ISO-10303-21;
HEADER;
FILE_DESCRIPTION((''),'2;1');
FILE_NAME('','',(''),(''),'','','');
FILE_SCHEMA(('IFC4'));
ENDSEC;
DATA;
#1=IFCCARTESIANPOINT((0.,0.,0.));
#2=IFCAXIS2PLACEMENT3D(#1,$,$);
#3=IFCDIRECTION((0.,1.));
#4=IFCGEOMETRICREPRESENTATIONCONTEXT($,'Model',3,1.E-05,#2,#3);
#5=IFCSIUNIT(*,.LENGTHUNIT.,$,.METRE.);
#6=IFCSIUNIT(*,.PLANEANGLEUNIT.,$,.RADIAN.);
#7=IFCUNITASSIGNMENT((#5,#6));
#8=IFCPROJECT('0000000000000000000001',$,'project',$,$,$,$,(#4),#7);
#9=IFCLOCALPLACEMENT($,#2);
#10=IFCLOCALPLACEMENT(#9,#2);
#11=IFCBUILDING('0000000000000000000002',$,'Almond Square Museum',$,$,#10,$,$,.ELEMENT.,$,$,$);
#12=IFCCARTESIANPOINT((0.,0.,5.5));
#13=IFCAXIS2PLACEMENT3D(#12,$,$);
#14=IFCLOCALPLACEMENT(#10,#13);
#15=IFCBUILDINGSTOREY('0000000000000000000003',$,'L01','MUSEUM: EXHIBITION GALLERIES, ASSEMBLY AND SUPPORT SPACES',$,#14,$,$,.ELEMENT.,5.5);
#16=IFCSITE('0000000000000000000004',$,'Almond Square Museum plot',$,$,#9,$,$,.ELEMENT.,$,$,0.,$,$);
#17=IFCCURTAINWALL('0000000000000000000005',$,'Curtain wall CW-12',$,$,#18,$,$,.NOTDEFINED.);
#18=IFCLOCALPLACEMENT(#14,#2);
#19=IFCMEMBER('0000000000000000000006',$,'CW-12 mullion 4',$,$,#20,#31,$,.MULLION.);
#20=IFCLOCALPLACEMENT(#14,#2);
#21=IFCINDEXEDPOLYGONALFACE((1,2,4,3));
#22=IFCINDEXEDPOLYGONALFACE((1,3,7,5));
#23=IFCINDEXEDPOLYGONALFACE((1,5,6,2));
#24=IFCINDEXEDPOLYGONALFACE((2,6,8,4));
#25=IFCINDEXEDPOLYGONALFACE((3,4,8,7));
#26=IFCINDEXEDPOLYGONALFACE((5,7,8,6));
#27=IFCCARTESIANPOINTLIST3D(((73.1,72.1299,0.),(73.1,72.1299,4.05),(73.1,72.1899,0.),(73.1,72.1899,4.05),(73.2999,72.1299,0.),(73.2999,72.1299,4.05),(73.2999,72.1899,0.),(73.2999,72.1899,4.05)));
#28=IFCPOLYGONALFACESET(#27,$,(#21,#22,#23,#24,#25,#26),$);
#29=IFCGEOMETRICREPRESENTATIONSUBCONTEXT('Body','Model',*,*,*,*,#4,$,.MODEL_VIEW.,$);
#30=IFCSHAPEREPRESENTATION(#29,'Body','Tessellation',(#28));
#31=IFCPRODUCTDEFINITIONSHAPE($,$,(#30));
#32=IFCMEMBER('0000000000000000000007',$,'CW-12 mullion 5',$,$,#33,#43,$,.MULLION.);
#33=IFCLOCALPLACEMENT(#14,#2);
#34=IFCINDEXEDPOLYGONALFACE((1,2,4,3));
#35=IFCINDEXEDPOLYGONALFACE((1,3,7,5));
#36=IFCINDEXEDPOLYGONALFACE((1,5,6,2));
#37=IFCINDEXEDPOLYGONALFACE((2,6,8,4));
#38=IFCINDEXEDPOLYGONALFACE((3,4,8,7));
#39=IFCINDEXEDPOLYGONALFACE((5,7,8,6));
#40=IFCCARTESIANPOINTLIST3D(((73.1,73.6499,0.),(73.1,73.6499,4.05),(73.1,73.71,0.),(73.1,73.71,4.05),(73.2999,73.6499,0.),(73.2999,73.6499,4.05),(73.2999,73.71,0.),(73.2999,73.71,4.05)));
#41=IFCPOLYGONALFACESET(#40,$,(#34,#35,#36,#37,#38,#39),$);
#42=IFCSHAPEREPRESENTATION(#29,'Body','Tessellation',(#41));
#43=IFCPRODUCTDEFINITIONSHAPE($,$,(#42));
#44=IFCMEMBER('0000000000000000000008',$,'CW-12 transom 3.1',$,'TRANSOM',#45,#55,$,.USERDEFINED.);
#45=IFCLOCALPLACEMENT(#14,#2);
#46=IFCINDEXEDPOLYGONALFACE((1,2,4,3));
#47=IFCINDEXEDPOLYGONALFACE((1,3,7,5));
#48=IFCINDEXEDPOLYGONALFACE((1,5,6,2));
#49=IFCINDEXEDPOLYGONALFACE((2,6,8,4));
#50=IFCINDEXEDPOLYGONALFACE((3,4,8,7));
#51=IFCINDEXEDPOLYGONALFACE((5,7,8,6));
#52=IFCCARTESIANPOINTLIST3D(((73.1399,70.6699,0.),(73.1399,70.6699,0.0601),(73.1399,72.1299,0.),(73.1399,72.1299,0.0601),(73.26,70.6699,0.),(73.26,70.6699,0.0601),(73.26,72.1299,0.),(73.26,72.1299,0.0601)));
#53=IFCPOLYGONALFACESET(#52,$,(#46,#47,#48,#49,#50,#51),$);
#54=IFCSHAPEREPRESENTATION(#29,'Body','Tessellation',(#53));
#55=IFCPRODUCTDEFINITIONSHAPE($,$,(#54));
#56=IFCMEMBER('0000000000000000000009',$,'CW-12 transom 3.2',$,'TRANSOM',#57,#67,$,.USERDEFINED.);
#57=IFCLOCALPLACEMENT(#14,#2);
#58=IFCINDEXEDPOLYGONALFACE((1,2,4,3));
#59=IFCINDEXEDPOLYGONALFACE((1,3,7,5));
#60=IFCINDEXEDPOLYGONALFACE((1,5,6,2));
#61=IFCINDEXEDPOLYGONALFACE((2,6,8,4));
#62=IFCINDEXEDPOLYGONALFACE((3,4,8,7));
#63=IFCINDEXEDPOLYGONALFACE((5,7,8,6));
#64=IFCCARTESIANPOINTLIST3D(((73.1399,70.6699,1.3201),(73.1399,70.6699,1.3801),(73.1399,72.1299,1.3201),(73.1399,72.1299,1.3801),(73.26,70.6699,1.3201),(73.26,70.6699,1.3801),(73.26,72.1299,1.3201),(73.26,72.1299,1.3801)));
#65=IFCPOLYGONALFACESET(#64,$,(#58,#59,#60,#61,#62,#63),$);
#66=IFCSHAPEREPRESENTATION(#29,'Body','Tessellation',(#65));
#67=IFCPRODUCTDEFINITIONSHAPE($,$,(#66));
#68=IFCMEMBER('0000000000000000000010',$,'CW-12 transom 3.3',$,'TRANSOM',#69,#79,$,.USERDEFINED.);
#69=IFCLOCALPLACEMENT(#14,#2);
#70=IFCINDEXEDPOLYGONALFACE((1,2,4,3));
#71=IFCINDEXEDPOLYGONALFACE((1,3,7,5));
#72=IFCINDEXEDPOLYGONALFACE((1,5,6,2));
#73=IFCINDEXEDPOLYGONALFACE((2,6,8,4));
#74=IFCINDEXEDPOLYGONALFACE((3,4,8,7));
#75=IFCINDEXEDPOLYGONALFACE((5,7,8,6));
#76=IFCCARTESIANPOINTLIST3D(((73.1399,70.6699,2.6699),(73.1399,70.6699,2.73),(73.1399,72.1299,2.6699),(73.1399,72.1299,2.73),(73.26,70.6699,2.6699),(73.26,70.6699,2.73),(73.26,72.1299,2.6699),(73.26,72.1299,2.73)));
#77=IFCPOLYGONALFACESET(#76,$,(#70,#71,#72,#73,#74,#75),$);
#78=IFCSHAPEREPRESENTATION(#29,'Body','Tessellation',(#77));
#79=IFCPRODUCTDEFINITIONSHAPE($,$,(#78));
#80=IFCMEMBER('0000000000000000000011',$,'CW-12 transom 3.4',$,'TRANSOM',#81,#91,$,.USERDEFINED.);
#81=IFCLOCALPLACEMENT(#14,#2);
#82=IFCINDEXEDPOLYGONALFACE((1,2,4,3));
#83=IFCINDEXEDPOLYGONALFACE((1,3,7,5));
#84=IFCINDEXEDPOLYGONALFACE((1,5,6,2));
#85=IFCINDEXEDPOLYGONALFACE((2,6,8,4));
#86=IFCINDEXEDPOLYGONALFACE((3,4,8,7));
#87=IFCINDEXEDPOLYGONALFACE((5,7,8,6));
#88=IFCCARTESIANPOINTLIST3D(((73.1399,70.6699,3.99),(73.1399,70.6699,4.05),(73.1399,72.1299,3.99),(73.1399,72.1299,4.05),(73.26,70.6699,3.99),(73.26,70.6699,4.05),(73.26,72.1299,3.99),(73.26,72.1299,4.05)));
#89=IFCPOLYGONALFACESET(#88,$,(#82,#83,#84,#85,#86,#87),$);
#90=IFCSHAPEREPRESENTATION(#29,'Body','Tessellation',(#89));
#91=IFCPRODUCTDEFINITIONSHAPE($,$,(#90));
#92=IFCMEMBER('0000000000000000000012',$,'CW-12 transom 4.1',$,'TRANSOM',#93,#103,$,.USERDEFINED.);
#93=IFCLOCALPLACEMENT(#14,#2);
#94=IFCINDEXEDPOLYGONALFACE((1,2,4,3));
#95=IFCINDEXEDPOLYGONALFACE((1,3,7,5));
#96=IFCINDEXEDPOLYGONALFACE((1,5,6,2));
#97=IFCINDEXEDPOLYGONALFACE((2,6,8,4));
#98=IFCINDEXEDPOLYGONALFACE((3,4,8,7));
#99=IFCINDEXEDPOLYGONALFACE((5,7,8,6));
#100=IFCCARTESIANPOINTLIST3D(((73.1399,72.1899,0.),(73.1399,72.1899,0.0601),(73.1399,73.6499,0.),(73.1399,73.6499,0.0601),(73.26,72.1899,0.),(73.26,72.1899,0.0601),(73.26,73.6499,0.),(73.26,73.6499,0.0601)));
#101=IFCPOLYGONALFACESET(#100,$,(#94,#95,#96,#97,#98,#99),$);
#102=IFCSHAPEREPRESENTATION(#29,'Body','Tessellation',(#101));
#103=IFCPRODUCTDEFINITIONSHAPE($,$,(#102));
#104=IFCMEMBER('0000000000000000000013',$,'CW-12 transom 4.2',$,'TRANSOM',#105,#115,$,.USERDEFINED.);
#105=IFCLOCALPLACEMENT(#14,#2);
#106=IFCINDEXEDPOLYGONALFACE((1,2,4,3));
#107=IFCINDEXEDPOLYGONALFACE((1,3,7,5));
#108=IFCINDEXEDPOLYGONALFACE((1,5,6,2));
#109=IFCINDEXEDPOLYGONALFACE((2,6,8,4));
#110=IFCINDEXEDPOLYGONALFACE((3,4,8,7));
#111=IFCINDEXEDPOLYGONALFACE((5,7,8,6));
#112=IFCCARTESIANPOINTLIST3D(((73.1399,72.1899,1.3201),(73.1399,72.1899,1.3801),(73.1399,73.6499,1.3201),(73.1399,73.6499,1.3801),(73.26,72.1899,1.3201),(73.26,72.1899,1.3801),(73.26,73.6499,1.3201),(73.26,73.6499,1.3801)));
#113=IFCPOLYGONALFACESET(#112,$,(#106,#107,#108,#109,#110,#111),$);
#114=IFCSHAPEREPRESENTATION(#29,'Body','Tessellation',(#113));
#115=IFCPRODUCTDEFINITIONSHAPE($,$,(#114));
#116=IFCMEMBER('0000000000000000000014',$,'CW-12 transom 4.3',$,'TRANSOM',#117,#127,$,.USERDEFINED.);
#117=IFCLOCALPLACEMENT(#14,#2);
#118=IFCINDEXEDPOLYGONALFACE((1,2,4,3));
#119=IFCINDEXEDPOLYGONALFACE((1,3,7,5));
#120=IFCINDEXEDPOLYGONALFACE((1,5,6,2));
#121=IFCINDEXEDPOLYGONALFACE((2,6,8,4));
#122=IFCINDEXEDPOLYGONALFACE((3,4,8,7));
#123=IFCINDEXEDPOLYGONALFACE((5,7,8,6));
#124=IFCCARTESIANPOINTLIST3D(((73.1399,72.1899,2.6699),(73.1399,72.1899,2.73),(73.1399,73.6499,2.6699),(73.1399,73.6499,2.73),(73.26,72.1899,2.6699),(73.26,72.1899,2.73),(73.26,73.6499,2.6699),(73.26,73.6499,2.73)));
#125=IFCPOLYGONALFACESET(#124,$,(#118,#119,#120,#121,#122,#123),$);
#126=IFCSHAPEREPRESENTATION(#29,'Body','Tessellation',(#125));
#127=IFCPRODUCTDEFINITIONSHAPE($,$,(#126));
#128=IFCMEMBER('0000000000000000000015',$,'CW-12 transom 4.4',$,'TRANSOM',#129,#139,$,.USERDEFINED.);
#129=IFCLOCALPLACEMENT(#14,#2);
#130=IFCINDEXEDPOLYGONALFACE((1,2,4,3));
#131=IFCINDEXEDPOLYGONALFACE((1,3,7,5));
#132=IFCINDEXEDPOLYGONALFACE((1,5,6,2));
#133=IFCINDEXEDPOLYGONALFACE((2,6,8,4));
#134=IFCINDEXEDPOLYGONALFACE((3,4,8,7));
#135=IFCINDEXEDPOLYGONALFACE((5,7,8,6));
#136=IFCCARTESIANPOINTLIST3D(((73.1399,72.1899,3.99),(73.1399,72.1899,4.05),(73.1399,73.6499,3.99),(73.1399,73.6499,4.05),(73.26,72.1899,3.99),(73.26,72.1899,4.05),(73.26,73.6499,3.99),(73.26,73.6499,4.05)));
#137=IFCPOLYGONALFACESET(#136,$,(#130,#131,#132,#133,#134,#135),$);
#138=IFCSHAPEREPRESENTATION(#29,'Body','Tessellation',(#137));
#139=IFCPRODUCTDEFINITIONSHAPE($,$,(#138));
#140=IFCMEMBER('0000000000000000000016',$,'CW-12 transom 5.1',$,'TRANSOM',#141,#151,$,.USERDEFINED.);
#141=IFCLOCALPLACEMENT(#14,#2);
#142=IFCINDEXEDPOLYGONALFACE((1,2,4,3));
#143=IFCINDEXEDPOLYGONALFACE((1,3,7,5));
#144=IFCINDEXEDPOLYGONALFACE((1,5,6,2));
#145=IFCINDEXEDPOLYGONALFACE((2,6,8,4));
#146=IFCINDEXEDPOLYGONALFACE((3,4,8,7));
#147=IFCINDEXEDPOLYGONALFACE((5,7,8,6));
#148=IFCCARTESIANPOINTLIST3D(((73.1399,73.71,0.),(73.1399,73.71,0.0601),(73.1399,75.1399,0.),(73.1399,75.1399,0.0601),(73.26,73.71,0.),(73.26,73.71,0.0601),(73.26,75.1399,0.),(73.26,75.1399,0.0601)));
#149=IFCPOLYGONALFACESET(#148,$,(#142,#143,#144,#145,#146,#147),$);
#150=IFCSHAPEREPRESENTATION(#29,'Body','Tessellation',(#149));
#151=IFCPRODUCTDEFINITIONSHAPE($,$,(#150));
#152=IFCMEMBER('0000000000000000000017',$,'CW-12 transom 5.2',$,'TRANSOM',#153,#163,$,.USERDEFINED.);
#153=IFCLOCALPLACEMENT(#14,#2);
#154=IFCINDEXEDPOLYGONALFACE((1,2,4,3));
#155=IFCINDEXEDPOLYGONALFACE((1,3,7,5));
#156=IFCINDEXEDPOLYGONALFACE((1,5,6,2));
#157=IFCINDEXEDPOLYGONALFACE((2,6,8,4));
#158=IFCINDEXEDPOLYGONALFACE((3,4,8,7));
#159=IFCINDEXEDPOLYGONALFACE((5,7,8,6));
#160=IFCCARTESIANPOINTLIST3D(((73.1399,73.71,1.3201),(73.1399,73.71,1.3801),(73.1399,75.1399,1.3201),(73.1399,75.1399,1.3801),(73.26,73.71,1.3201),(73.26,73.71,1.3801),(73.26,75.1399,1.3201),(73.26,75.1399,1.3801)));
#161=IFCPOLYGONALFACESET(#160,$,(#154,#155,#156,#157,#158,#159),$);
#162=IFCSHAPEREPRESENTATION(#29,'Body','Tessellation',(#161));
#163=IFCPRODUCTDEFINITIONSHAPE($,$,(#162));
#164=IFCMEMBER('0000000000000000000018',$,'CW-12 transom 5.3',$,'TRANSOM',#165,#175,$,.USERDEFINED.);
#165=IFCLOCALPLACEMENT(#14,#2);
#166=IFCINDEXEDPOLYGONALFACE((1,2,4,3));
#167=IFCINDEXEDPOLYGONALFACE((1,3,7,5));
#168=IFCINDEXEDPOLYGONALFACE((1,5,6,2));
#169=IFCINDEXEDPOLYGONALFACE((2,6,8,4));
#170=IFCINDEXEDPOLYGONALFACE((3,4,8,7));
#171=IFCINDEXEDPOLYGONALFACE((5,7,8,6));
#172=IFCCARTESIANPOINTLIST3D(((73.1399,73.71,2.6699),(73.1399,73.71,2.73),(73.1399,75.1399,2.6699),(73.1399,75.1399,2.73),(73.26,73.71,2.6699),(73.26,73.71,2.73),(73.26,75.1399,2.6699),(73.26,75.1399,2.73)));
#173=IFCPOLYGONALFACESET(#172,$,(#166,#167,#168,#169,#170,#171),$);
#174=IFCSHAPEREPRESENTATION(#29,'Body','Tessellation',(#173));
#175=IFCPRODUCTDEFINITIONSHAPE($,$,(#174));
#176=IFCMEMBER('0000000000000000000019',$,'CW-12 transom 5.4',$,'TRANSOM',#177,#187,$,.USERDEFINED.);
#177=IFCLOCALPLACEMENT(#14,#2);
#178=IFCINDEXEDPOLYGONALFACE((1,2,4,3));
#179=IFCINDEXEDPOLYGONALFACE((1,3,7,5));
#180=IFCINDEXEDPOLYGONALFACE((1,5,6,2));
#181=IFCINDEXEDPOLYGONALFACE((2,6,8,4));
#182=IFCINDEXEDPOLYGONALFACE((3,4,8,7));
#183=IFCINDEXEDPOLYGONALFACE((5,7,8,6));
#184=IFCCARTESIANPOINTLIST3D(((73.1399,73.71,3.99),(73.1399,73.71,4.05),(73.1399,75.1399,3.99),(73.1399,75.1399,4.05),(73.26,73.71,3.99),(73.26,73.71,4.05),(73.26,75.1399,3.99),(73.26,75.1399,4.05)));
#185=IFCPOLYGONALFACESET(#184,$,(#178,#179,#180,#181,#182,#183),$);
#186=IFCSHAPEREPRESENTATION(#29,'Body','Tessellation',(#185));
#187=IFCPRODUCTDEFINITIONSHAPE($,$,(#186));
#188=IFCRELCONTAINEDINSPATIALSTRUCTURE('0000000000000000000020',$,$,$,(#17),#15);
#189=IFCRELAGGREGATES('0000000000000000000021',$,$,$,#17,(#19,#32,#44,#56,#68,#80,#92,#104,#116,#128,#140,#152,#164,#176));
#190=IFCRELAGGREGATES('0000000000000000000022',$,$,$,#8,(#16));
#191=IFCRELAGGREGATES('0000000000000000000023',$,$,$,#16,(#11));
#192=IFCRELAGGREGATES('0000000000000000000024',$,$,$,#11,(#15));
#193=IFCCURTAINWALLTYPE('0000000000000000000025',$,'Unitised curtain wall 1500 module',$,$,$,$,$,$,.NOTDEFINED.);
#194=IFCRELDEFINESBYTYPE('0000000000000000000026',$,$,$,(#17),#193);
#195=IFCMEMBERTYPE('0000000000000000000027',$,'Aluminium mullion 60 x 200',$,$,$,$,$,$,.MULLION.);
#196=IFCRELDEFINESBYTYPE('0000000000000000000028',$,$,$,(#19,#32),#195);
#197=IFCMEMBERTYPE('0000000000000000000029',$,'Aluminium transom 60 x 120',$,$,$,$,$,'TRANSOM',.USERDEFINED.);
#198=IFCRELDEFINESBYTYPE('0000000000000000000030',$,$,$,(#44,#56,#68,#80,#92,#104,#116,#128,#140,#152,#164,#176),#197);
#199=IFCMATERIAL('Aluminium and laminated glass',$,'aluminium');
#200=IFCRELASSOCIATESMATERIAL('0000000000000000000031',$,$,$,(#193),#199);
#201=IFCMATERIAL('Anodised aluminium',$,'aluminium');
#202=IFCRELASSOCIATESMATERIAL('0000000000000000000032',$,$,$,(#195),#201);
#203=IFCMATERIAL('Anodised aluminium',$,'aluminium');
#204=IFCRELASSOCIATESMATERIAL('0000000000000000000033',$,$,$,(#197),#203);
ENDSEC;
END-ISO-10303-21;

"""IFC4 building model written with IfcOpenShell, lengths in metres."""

from ifc_helpers import new_model, si_unit, direction, frame, origin, origin_2d, place, context, subcontext, project, spatial, rectangle, extrude, material, material_profile, profile_set, type_object, element, aggregate, save


model = new_model("IFC4")

# Units and contexts
model_context = context("Model", 3, precision=1e-05, world=origin(), true_north=direction((0.0, 1.0)))
body_context = subcontext(model_context, "Body", "Model", "MODEL_VIEW")
ifc_project = project(units=[si_unit("LENGTHUNIT", "METRE"), si_unit("PLANEANGLEUNIT", "RADIAN")], contexts=[model_context])

# Site, building, storey
site_placement = place(None, origin())
site = spatial("IfcSite", under=ifc_project, at=site_placement, Name="Almond Square Museum plot", CompositionType="ELEMENT", RefElevation=0.0)
building_placement = place(site_placement, origin())
building = spatial("IfcBuilding", under=site, at=building_placement, Name="Almond Square Museum", CompositionType="ELEMENT")
storey_placement = place(building_placement, frame((0.0, 0.0, 5.5)))
storey = spatial("IfcBuildingStorey", under=building, at=storey_placement, Name="L01", Description="MUSEUM: EXHIBITION GALLERIES, ASSEMBLY AND SUPPORT SPACES", CompositionType="ELEMENT", Elevation=5.5)

# Curtain wall, members
ifc_material_1 = material(Name="Aluminium and laminated glass", Category="aluminium")
curtain_wall_type = type_object("IfcCurtainWallType", Name="Unitised curtain wall 1500 module", PredefinedType="NOTDEFINED", material=ifc_material_1)
curtain_wall_placement = place(storey_placement, origin())
curtain_wall = element("IfcCurtainWall", 1, at=curtain_wall_placement, inside=storey, type_object=curtain_wall_type, Name="Curtain wall CW-12", PredefinedType="NOTDEFINED")
ifc_material_2 = material(Name="Anodised aluminium", Category="aluminium")
ifc_material_profile_1 = material_profile(ifc_material_2, rectangle(XDim=0.2, YDim=0.0601, at=origin_2d()))
ifc_profile_set_1 = profile_set([ifc_material_profile_1], Name="Anodised aluminium")
member_type_1 = type_object("IfcMemberType", Name="Aluminium mullion 60 x 200", PredefinedType="MULLION", material=ifc_profile_set_1)
member_1_placement = place(storey_placement, frame((73.2, 72.1599, 0.0), z_axis=(0.0, 0.0, 1.0), x_axis=(-1.0, 0.0, 0.0)))
member_1 = element("IfcMember", 2, at=member_1_placement, type_object=member_type_1, Name="CW-12 mullion 4", PredefinedType="MULLION", context=body_context, shape_type="SweptSolid", body=[
    extrude(rectangle(XDim=0.2, YDim=0.0601, at=origin_2d()), origin(), (0.0, 0.0, 1.0), 4.05),
])
member_2_placement = place(storey_placement, frame((73.2, 73.6799, 0.0), z_axis=(0.0, 0.0, 1.0), x_axis=(-1.0, 0.0, 0.0)))
member_2 = element("IfcMember", 3, at=member_2_placement, type_object=member_type_1, Name="CW-12 mullion 5", PredefinedType="MULLION", context=body_context, shape_type="SweptSolid", body=[
    extrude(rectangle(XDim=0.2, YDim=0.0601, at=origin_2d()), origin(), (0.0, 0.0, 1.0), 4.05),
])
ifc_material_3 = material(Name="Anodised aluminium", Category="aluminium")
ifc_material_profile_2 = material_profile(ifc_material_3, rectangle(XDim=0.1201, YDim=0.0601, at=origin_2d()))
ifc_profile_set_2 = profile_set([ifc_material_profile_2], Name="Anodised aluminium")
member_type_2 = type_object("IfcMemberType", Name="Aluminium transom 60 x 120", ElementType="TRANSOM", PredefinedType="USERDEFINED", material=ifc_profile_set_2)
member_3_placement = place(storey_placement, frame((73.2, 70.6699, 0.03), z_axis=(0.0, 1.0, 0.0), x_axis=(-1.0, 0.0, 0.0)))
member_3 = element("IfcMember", 4, at=member_3_placement, type_object=member_type_2, Name="CW-12 transom 3.1", ObjectType="TRANSOM", PredefinedType="USERDEFINED", context=body_context, shape_type="SweptSolid", body=[
    extrude(rectangle(XDim=0.1201, YDim=0.0601, at=origin_2d()), origin(), (0.0, 0.0, 1.0), 1.46),
])
member_4_placement = place(storey_placement, frame((73.2, 70.6699, 1.3501), z_axis=(0.0, 1.0, 0.0), x_axis=(-1.0, 0.0, 0.0)))
member_4 = element("IfcMember", 5, at=member_4_placement, type_object=member_type_2, Name="CW-12 transom 3.2", ObjectType="TRANSOM", PredefinedType="USERDEFINED", context=body_context, shape_type="SweptSolid", body=[
    extrude(rectangle(XDim=0.1201, YDim=0.0601, at=origin_2d()), origin(), (0.0, 0.0, 1.0), 1.46),
])
member_5_placement = place(storey_placement, frame((73.2, 70.6699, 2.7), z_axis=(0.0, 1.0, 0.0), x_axis=(-1.0, 0.0, 0.0)))
member_5 = element("IfcMember", 6, at=member_5_placement, type_object=member_type_2, Name="CW-12 transom 3.3", ObjectType="TRANSOM", PredefinedType="USERDEFINED", context=body_context, shape_type="SweptSolid", body=[
    extrude(rectangle(XDim=0.1201, YDim=0.0601, at=origin_2d()), origin(), (0.0, 0.0, 1.0), 1.46),
])
member_6_placement = place(storey_placement, frame((73.2, 70.6699, 4.02), z_axis=(0.0, 1.0, 0.0), x_axis=(-1.0, 0.0, 0.0)))
member_6 = element("IfcMember", 7, at=member_6_placement, type_object=member_type_2, Name="CW-12 transom 3.4", ObjectType="TRANSOM", PredefinedType="USERDEFINED", context=body_context, shape_type="SweptSolid", body=[
    extrude(rectangle(XDim=0.1201, YDim=0.0601, at=origin_2d()), origin(), (0.0, 0.0, 1.0), 1.46),
])
member_7_placement = place(storey_placement, frame((73.2, 72.1899, 0.03), z_axis=(0.0, 1.0, 0.0), x_axis=(-1.0, 0.0, 0.0)))
member_7 = element("IfcMember", 8, at=member_7_placement, type_object=member_type_2, Name="CW-12 transom 4.1", ObjectType="TRANSOM", PredefinedType="USERDEFINED", context=body_context, shape_type="SweptSolid", body=[
    extrude(rectangle(XDim=0.1201, YDim=0.0601, at=origin_2d()), origin(), (0.0, 0.0, 1.0), 1.46),
])
member_8_placement = place(storey_placement, frame((73.2, 72.1899, 1.3501), z_axis=(0.0, 1.0, 0.0), x_axis=(-1.0, 0.0, 0.0)))
member_8 = element("IfcMember", 9, at=member_8_placement, type_object=member_type_2, Name="CW-12 transom 4.2", ObjectType="TRANSOM", PredefinedType="USERDEFINED", context=body_context, shape_type="SweptSolid", body=[
    extrude(rectangle(XDim=0.1201, YDim=0.0601, at=origin_2d()), origin(), (0.0, 0.0, 1.0), 1.46),
])
member_9_placement = place(storey_placement, frame((73.2, 72.1899, 2.7), z_axis=(0.0, 1.0, 0.0), x_axis=(-1.0, 0.0, 0.0)))
member_9 = element("IfcMember", 10, at=member_9_placement, type_object=member_type_2, Name="CW-12 transom 4.3", ObjectType="TRANSOM", PredefinedType="USERDEFINED", context=body_context, shape_type="SweptSolid", body=[
    extrude(rectangle(XDim=0.1201, YDim=0.0601, at=origin_2d()), origin(), (0.0, 0.0, 1.0), 1.46),
])
member_10_placement = place(storey_placement, frame((73.2, 72.1899, 4.02), z_axis=(0.0, 1.0, 0.0), x_axis=(-1.0, 0.0, 0.0)))
member_10 = element("IfcMember", 11, at=member_10_placement, type_object=member_type_2, Name="CW-12 transom 4.4", ObjectType="TRANSOM", PredefinedType="USERDEFINED", context=body_context, shape_type="SweptSolid", body=[
    extrude(rectangle(XDim=0.1201, YDim=0.0601, at=origin_2d()), origin(), (0.0, 0.0, 1.0), 1.46),
])
member_11_placement = place(storey_placement, frame((73.2, 73.71, 0.03), z_axis=(0.0, 1.0, 0.0), x_axis=(-1.0, 0.0, 0.0)))
member_11 = element("IfcMember", 12, at=member_11_placement, type_object=member_type_2, Name="CW-12 transom 5.1", ObjectType="TRANSOM", PredefinedType="USERDEFINED", context=body_context, shape_type="SweptSolid", body=[
    extrude(rectangle(XDim=0.1201, YDim=0.0601, at=origin_2d()), origin(), (0.0, 0.0, 1.0), 1.4299),
])
member_12_placement = place(storey_placement, frame((73.2, 73.71, 1.3501), z_axis=(0.0, 1.0, 0.0), x_axis=(-1.0, 0.0, 0.0)))
member_12 = element("IfcMember", 13, at=member_12_placement, type_object=member_type_2, Name="CW-12 transom 5.2", ObjectType="TRANSOM", PredefinedType="USERDEFINED", context=body_context, shape_type="SweptSolid", body=[
    extrude(rectangle(XDim=0.1201, YDim=0.0601, at=origin_2d()), origin(), (0.0, 0.0, 1.0), 1.4299),
])
member_13_placement = place(storey_placement, frame((73.2, 73.71, 2.7), z_axis=(0.0, 1.0, 0.0), x_axis=(-1.0, 0.0, 0.0)))
member_13 = element("IfcMember", 14, at=member_13_placement, type_object=member_type_2, Name="CW-12 transom 5.3", ObjectType="TRANSOM", PredefinedType="USERDEFINED", context=body_context, shape_type="SweptSolid", body=[
    extrude(rectangle(XDim=0.1201, YDim=0.0601, at=origin_2d()), origin(), (0.0, 0.0, 1.0), 1.4299),
])
member_14_placement = place(storey_placement, frame((73.2, 73.71, 4.02), z_axis=(0.0, 1.0, 0.0), x_axis=(-1.0, 0.0, 0.0)))
member_14 = element("IfcMember", 15, at=member_14_placement, type_object=member_type_2, Name="CW-12 transom 5.4", ObjectType="TRANSOM", PredefinedType="USERDEFINED", context=body_context, shape_type="SweptSolid", body=[
    extrude(rectangle(XDim=0.1201, YDim=0.0601, at=origin_2d()), origin(), (0.0, 0.0, 1.0), 1.4299),
])
aggregate(curtain_wall, [member_1, member_2, member_3, member_4, member_5, member_6, member_7, member_8, member_9, member_10, member_11, member_12, member_13, member_14])

save(model, "model.ifc")
